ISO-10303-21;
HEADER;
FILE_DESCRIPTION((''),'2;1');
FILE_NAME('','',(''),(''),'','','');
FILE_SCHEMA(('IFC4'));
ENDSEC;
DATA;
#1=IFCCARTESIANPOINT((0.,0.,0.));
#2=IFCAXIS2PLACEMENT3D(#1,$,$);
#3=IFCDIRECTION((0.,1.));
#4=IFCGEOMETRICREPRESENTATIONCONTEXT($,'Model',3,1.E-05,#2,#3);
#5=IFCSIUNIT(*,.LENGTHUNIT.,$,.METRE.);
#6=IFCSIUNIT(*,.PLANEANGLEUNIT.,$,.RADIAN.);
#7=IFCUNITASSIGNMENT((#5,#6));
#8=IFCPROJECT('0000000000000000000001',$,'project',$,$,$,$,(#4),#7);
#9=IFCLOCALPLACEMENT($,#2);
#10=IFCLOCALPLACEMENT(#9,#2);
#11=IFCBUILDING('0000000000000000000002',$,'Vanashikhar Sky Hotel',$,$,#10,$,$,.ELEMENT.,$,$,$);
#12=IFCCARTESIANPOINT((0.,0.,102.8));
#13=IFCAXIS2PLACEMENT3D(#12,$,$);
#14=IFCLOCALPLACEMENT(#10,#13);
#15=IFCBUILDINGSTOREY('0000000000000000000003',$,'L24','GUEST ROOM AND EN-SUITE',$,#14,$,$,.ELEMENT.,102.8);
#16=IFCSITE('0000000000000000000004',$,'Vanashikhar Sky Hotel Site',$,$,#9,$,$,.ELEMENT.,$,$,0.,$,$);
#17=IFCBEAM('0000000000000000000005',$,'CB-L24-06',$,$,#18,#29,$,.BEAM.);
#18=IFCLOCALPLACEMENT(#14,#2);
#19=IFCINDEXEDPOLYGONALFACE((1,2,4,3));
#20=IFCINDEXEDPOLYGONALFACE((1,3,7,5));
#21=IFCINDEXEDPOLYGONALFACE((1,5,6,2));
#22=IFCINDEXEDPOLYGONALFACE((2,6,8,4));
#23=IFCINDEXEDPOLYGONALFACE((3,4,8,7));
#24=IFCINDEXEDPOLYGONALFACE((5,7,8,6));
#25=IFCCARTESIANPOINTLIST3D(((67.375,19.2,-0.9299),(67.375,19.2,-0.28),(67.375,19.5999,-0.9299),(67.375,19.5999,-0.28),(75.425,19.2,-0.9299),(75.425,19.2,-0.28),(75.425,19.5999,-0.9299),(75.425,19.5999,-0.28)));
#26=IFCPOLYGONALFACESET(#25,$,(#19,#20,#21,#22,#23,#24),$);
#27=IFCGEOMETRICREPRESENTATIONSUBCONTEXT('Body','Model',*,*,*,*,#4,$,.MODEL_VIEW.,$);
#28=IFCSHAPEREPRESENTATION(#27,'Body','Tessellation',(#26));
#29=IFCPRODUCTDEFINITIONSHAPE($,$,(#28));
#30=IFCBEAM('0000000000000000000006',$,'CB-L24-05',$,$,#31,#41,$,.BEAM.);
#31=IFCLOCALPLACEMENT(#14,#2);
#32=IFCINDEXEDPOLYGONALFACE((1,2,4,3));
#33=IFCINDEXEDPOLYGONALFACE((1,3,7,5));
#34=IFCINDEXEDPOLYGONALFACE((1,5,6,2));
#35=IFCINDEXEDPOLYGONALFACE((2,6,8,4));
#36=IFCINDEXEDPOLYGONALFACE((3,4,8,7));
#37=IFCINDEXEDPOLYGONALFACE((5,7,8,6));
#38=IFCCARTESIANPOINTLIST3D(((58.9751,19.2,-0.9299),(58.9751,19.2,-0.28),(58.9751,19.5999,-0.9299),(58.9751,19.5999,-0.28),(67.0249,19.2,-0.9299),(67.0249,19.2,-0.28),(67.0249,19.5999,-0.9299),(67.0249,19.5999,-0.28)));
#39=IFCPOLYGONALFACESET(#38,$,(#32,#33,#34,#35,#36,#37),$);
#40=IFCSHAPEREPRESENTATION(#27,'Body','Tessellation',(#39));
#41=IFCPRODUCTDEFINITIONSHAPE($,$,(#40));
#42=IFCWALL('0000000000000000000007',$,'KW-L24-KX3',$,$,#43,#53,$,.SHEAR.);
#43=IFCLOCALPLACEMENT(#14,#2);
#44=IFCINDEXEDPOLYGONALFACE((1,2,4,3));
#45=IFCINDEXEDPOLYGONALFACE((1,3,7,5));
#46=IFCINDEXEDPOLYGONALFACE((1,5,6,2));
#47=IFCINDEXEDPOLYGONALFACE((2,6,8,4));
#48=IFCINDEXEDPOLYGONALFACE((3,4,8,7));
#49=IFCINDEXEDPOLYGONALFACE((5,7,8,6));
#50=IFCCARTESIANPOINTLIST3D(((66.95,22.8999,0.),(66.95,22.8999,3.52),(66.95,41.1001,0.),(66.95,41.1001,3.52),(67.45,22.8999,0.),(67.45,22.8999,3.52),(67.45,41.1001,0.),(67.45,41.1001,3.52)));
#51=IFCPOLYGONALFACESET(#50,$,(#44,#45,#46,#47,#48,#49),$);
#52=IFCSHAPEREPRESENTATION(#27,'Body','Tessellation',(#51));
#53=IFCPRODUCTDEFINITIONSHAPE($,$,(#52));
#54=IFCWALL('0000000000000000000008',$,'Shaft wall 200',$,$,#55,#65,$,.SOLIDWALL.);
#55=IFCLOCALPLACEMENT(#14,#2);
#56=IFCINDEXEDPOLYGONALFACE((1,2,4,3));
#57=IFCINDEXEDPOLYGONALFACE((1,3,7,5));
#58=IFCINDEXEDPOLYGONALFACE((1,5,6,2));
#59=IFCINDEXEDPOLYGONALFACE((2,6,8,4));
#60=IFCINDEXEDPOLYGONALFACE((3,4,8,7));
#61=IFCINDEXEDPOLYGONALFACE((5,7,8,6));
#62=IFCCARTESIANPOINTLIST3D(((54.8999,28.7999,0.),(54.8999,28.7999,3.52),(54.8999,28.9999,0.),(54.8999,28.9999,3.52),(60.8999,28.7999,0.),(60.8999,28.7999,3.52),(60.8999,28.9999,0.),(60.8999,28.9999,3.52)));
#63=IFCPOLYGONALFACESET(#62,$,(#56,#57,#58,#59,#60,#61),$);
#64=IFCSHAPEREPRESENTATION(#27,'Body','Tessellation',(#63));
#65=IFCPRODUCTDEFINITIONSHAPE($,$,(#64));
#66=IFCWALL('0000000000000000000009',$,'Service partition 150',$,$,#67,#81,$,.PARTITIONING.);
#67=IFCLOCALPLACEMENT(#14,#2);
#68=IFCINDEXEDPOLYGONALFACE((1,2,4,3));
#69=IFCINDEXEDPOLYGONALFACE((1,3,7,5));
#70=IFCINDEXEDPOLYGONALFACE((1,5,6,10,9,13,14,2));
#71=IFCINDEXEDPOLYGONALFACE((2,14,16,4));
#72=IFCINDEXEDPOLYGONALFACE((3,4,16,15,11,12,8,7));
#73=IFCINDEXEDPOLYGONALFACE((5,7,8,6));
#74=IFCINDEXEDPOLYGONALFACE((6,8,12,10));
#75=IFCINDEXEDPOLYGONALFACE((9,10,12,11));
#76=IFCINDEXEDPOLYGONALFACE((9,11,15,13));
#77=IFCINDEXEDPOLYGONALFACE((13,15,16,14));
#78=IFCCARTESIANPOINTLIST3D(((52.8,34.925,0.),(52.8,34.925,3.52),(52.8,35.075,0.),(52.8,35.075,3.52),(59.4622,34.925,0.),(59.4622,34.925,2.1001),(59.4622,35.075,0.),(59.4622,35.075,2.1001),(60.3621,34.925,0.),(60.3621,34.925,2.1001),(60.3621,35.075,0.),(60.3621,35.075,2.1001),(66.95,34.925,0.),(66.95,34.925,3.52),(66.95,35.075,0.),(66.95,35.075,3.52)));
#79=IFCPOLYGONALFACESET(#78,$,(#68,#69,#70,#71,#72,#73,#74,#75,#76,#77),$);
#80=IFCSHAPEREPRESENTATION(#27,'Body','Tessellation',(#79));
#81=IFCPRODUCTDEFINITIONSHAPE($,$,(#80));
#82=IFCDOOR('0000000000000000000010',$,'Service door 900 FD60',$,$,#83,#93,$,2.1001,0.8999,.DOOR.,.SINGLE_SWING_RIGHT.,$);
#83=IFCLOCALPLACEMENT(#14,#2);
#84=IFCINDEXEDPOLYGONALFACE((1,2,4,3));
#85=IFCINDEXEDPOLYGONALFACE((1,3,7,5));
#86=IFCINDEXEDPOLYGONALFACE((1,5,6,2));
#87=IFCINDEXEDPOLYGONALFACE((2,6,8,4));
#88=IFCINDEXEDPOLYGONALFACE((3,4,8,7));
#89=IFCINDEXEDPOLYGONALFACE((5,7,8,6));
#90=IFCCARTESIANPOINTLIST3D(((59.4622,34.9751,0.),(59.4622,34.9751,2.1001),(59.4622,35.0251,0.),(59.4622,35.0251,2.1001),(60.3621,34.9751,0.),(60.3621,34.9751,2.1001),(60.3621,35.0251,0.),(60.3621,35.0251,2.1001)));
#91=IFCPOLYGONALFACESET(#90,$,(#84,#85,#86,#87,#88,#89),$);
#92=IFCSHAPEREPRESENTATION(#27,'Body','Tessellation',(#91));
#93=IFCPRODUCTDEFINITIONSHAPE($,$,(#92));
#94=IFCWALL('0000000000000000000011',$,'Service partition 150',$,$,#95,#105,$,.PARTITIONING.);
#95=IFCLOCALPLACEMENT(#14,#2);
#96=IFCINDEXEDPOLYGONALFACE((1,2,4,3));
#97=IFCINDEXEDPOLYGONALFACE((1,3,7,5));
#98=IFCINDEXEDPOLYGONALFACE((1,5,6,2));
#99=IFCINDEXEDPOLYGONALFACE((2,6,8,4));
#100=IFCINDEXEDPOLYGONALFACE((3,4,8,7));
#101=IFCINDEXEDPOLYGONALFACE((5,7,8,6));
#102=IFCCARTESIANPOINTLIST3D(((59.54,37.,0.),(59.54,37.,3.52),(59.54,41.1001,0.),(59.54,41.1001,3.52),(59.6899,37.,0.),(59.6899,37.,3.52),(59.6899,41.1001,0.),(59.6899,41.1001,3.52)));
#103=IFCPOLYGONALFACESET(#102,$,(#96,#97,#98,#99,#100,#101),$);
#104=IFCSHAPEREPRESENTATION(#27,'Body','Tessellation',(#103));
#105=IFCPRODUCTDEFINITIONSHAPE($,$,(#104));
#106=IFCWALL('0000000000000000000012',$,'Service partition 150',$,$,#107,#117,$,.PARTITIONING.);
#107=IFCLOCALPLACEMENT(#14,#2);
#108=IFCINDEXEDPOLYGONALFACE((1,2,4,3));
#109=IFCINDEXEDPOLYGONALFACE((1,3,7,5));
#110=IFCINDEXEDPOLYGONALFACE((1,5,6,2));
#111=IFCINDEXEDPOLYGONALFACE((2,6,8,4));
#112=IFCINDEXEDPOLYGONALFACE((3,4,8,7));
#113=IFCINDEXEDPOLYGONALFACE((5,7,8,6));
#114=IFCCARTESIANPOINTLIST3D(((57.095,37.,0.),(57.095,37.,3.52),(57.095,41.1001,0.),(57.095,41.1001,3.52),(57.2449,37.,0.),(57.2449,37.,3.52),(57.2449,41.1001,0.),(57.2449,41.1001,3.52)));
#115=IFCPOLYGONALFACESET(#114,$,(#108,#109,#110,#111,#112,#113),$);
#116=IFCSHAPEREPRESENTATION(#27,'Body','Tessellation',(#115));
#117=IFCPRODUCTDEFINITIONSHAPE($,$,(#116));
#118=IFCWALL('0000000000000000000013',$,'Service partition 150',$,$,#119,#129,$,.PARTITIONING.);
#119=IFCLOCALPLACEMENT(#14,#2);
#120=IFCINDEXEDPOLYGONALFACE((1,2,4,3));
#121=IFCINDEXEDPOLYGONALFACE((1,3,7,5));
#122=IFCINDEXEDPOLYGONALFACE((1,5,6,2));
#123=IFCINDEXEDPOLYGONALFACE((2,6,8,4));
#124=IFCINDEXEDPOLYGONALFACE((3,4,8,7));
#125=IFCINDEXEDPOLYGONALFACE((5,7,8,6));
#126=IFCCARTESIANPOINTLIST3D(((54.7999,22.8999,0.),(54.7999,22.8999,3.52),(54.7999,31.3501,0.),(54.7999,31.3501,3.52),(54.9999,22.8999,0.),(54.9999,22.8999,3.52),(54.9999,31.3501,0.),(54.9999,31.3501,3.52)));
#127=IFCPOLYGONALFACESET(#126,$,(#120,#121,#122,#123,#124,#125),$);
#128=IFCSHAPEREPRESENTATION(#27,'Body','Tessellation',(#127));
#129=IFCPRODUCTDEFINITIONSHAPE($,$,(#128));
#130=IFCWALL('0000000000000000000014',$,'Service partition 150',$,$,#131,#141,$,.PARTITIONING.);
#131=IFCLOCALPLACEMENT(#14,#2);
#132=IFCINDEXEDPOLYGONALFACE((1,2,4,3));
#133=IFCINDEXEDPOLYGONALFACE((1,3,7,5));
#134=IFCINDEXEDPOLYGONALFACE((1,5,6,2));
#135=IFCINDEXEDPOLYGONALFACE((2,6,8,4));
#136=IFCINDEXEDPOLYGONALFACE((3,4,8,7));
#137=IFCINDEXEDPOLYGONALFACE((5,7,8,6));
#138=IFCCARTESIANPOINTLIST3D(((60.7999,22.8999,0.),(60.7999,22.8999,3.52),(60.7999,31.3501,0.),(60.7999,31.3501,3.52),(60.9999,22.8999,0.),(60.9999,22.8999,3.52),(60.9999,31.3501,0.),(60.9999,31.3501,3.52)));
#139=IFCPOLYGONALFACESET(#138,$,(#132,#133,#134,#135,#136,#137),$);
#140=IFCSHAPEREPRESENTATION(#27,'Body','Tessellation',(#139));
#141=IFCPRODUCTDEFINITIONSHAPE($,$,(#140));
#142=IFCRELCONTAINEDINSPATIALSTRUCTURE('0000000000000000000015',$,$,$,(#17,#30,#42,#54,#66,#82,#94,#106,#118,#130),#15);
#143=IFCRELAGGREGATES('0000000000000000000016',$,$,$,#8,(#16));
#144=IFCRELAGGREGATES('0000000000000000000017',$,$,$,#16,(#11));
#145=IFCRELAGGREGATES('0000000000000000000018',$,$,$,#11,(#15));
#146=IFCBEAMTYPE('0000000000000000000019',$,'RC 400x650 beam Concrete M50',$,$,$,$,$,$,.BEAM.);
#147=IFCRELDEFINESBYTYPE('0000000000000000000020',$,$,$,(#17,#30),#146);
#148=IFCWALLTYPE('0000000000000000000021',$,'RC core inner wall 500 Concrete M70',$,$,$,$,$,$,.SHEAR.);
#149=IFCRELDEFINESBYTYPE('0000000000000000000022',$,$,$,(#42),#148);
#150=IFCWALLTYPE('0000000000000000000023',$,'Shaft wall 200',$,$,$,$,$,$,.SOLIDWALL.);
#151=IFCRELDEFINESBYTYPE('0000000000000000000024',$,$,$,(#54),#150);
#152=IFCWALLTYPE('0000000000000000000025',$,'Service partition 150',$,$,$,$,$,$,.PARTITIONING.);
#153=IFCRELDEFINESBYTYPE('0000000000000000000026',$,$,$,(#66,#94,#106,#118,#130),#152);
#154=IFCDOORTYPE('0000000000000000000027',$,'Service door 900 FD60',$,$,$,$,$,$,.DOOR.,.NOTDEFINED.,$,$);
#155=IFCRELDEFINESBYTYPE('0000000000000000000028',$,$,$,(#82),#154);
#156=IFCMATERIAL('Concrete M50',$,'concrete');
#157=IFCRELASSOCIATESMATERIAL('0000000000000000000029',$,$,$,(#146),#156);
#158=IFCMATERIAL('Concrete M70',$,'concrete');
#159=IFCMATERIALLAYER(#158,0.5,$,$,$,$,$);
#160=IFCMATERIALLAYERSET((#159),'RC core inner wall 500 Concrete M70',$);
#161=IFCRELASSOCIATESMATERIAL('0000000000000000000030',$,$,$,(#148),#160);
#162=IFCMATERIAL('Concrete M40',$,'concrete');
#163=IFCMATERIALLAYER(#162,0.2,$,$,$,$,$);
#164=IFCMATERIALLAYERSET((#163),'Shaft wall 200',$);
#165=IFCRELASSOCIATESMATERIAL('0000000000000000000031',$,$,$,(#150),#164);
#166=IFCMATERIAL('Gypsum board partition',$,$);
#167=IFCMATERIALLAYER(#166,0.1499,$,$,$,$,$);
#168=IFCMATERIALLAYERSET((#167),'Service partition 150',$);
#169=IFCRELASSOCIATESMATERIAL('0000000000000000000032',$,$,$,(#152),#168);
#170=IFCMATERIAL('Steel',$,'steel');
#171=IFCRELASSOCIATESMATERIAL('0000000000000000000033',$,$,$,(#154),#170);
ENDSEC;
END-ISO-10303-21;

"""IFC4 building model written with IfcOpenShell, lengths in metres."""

from ifc_helpers import new_model, si_unit, direction, frame, frame_2d, origin, origin_2d, place, context, subcontext, project, spatial, rectangle, extrude, source, transform, mapped, material, layer, layer_set, material_profile, profile_set, type_object, element, fill, save


model = new_model("IFC4")

# Units and contexts
model_context = context("Model", 3, precision=1e-05, world=origin(), true_north=direction((0.0, 1.0)))
body_context = subcontext(model_context, "Body", "Model", "MODEL_VIEW")
ifc_project = project(units=[si_unit("LENGTHUNIT", "METRE"), si_unit("PLANEANGLEUNIT", "RADIAN")], contexts=[model_context])

# Site, building, storey
site_placement = place(None, origin())
site = spatial("IfcSite", under=ifc_project, at=site_placement, Name="Vanashikhar Sky Hotel Site", CompositionType="ELEMENT", RefElevation=0.0)
building_placement = place(site_placement, origin())
building = spatial("IfcBuilding", under=site, at=building_placement, Name="Vanashikhar Sky Hotel", CompositionType="ELEMENT")
storey_placement = place(building_placement, frame((0.0, 0.0, 102.8)))
storey = spatial("IfcBuildingStorey", under=building, at=storey_placement, Name="L24", Description="GUEST ROOM AND EN-SUITE", CompositionType="ELEMENT", Elevation=102.8)

# Beams
ifc_material_1 = material(Name="Concrete M50", Category="concrete")
ifc_material_profile = material_profile(ifc_material_1, rectangle(XDim=0.3999, YDim=0.6499, at=origin_2d()))
ifc_profile_set = profile_set([ifc_material_profile], Name="RC 400x650 beam Concrete M50")
beam_type = type_object("IfcBeamType", Name="RC 400x650 beam Concrete M50", PredefinedType="BEAM", material=ifc_profile_set)
shared_shape_1 = source(origin(), body_context, "Body", "SweptSolid", [
    extrude(rectangle(XDim=0.3999, YDim=0.6499, at=origin_2d()), origin(), (0.0, 0.0, 1.0), 8.05),
])
beam_1_placement = place(storey_placement, frame((67.375, 19.3999, -0.605), z_axis=(1.0, 0.0, 0.0), x_axis=(0.0, 1.0, 0.0)))
element("IfcBeam", 1, at=beam_1_placement, inside=storey, type_object=beam_type, Name="CB-L24-06", PredefinedType="BEAM", context=body_context, shape_type="MappedRepresentation", body=[
    mapped(shared_shape_1, transform((0.0, 0.0, 0.0), scale=1.0)),
])
shared_shape_2 = source(origin(), body_context, "Body", "SweptSolid", [
    extrude(rectangle(XDim=0.3999, YDim=0.6499, at=origin_2d()), origin(), (0.0, 0.0, 1.0), 8.0498),
])
beam_2_placement = place(storey_placement, frame((58.9751, 19.3999, -0.605), z_axis=(1.0, 0.0, 0.0), x_axis=(0.0, 1.0, 0.0)))
element("IfcBeam", 2, at=beam_2_placement, inside=storey, type_object=beam_type, Name="CB-L24-05", PredefinedType="BEAM", context=body_context, shape_type="MappedRepresentation", body=[
    mapped(shared_shape_2, transform((0.0, 0.0, 0.0), scale=1.0)),
])

# Walls
ifc_material_2 = material(Name="Concrete M70", Category="concrete")
ifc_layer_1 = layer(ifc_material_2, 0.5)
ifc_layer_set_1 = layer_set([ifc_layer_1], Name="RC core inner wall 500 Concrete M70")
wall_type_1 = type_object("IfcWallType", Name="RC core inner wall 500 Concrete M70", PredefinedType="SHEAR", material=ifc_layer_set_1)
shared_shape_3 = source(origin(), body_context, "Body", "SweptSolid", [
    extrude(rectangle(XDim=18.2002, YDim=0.5, at=frame_2d((9.1001, 0.0))), origin(), (0.0, 0.0, 1.0), 3.52),
])
wall_1_placement = place(storey_placement, frame((67.2, 22.8999, 0.0), z_axis=(0.0, 0.0, 1.0), x_axis=(0.0, 1.0, 0.0)))
element("IfcWall", 3, at=wall_1_placement, inside=storey, type_object=wall_type_1, Name="KW-L24-KX3", PredefinedType="SHEAR", context=body_context, shape_type="MappedRepresentation", body=[
    mapped(shared_shape_3, transform((0.0, 0.0, 0.0), scale=1.0)),
])
ifc_material_3 = material(Name="Concrete M40", Category="concrete")
ifc_layer_2 = layer(ifc_material_3, 0.2)
ifc_layer_set_2 = layer_set([ifc_layer_2], Name="Shaft wall 200")
wall_type_2 = type_object("IfcWallType", Name="Shaft wall 200", PredefinedType="SOLIDWALL", material=ifc_layer_set_2)
shared_shape_4 = source(origin(), body_context, "Body", "SweptSolid", [
    extrude(rectangle(XDim=6.0, YDim=0.2, at=frame_2d((3.0, 0.0))), origin(), (0.0, 0.0, 1.0), 3.52),
])
wall_2_placement = place(storey_placement, frame((60.8999, 28.8999, 0.0), z_axis=(0.0, 0.0, 1.0), x_axis=(-1.0, 0.0, 0.0)))
element("IfcWall", 4, at=wall_2_placement, inside=storey, type_object=wall_type_2, Name="Shaft wall 200", PredefinedType="SOLIDWALL", context=body_context, shape_type="MappedRepresentation", body=[
    mapped(shared_shape_4, transform((0.0, 0.0, 0.0), scale=1.0)),
])

# Wall, opening, door
ifc_material_4 = material(Name="Gypsum board partition")
ifc_layer_3 = layer(ifc_material_4, 0.1499)
ifc_layer_set_3 = layer_set([ifc_layer_3], Name="Service partition 150")
wall_type_3 = type_object("IfcWallType", Name="Service partition 150", PredefinedType="PARTITIONING", material=ifc_layer_set_3)
shared_shape_5 = source(origin(), body_context, "Body", "SweptSolid", [
    extrude(rectangle(XDim=14.1499, YDim=0.1499, at=frame_2d((7.075, 0.0))), origin(), (0.0, 0.0, 1.0), 3.52),
])
wall_3_placement = place(storey_placement, frame((66.95, 35.0, 0.0), z_axis=(0.0, 0.0, 1.0), x_axis=(-1.0, 0.0, 0.0)))
wall_3 = element("IfcWall", 5, at=wall_3_placement, inside=storey, type_object=wall_type_3, Name="Service partition 150", PredefinedType="PARTITIONING", context=body_context, shape_type="MappedRepresentation", body=[
    mapped(shared_shape_5, transform((0.0, 0.0, 0.0), scale=1.0)),
])
shared_shape_6 = source(origin(), body_context, "Body", "SweptSolid", [
    extrude(rectangle(XDim=0.8999, YDim=2.1001, at=frame_2d((0.45, 1.05))), frame((0.0, 0.085, 0.0), z_axis=(0.0, -1.0, 0.0), x_axis=(1.0, 0.0, 0.0)), (0.0, 0.0, 1.0), 0.1699),
])
opening_1_placement = place(wall_3_placement, frame((6.5879, 0.0, 0.0)))
opening_1 = element("IfcOpeningElement", 6, at=opening_1_placement, cuts=wall_3, PredefinedType="OPENING", context=body_context, shape_type="MappedRepresentation", body=[
    mapped(shared_shape_6, transform((0.0, 0.0, 0.0), scale=1.0)),
])
ifc_material_5 = material(Name="Steel", Category="steel")
door_type_1 = type_object("IfcDoorType", Name="Service door 900 FD60", OperationType="NOTDEFINED", PredefinedType="DOOR", material=ifc_material_5)
shared_shape_7 = source(origin(), body_context, "Body", "SweptSolid", [
    extrude(rectangle(XDim=0.8999, YDim=2.1001, at=frame_2d((0.45, 1.05))), frame((0.0, 0.0249, 0.0), z_axis=(0.0, -1.0, 0.0), x_axis=(1.0, 0.0, 0.0)), (0.0, 0.0, 1.0), 0.05),
])
door_1_placement = place(opening_1_placement, origin())
door_1 = element("IfcDoor", 7, at=door_1_placement, inside=storey, type_object=door_type_1, Name="Service door 900 FD60", OperationType="SINGLE_SWING_RIGHT", OverallHeight=2.1001, OverallWidth=0.8999, PredefinedType="DOOR", context=body_context, shape_type="MappedRepresentation", body=[
    mapped(shared_shape_7, transform((0.0, 0.0, 0.0), scale=1.0)),
])
fill(opening_1, door_1)

# Walls
shared_shape_8 = source(origin(), body_context, "Body", "SweptSolid", [
    extrude(rectangle(XDim=4.1001, YDim=0.1499, at=frame_2d((2.05, 0.0))), origin(), (0.0, 0.0, 1.0), 3.52),
])
for number, where, z_axis, x_axis, name in (
    (8, (59.615, 37.0, 0.0), (0.0, 0.0, 1.0), (0.0, 1.0, 0.0), "Service partition 150"),
    (9, (57.1699, 37.0, 0.0), (0.0, 0.0, 1.0), (0.0, 1.0, 0.0), "Service partition 150"),
):
    element("IfcWall", number, at=place(storey_placement, frame(where, z_axis=z_axis, x_axis=x_axis)), inside=storey, type_object=wall_type_3, Name=name, PredefinedType="PARTITIONING", context=body_context, shape_type="MappedRepresentation", body=[
        mapped(shared_shape_8, transform((0.0, 0.0, 0.0), scale=1.0)),
    ])
shared_shape_9 = source(origin(), body_context, "Body", "SweptSolid", [
    extrude(rectangle(XDim=8.4502, YDim=0.2, at=frame_2d((4.2251, 0.0))), origin(), (0.0, 0.0, 1.0), 3.52),
])
for number, where, z_axis, x_axis, name in (
    (10, (54.8999, 22.8999, 0.0), (0.0, 0.0, 1.0), (0.0, 1.0, 0.0), "Service partition 150"),
    (11, (60.8999, 22.8999, 0.0), (0.0, 0.0, 1.0), (0.0, 1.0, 0.0), "Service partition 150"),
):
    element("IfcWall", number, at=place(storey_placement, frame(where, z_axis=z_axis, x_axis=x_axis)), inside=storey, type_object=wall_type_3, Name=name, PredefinedType="PARTITIONING", context=body_context, shape_type="MappedRepresentation", body=[
        mapped(shared_shape_9, transform((0.0, 0.0, 0.0), scale=1.0)),
    ])

save(model, "model.ifc")
